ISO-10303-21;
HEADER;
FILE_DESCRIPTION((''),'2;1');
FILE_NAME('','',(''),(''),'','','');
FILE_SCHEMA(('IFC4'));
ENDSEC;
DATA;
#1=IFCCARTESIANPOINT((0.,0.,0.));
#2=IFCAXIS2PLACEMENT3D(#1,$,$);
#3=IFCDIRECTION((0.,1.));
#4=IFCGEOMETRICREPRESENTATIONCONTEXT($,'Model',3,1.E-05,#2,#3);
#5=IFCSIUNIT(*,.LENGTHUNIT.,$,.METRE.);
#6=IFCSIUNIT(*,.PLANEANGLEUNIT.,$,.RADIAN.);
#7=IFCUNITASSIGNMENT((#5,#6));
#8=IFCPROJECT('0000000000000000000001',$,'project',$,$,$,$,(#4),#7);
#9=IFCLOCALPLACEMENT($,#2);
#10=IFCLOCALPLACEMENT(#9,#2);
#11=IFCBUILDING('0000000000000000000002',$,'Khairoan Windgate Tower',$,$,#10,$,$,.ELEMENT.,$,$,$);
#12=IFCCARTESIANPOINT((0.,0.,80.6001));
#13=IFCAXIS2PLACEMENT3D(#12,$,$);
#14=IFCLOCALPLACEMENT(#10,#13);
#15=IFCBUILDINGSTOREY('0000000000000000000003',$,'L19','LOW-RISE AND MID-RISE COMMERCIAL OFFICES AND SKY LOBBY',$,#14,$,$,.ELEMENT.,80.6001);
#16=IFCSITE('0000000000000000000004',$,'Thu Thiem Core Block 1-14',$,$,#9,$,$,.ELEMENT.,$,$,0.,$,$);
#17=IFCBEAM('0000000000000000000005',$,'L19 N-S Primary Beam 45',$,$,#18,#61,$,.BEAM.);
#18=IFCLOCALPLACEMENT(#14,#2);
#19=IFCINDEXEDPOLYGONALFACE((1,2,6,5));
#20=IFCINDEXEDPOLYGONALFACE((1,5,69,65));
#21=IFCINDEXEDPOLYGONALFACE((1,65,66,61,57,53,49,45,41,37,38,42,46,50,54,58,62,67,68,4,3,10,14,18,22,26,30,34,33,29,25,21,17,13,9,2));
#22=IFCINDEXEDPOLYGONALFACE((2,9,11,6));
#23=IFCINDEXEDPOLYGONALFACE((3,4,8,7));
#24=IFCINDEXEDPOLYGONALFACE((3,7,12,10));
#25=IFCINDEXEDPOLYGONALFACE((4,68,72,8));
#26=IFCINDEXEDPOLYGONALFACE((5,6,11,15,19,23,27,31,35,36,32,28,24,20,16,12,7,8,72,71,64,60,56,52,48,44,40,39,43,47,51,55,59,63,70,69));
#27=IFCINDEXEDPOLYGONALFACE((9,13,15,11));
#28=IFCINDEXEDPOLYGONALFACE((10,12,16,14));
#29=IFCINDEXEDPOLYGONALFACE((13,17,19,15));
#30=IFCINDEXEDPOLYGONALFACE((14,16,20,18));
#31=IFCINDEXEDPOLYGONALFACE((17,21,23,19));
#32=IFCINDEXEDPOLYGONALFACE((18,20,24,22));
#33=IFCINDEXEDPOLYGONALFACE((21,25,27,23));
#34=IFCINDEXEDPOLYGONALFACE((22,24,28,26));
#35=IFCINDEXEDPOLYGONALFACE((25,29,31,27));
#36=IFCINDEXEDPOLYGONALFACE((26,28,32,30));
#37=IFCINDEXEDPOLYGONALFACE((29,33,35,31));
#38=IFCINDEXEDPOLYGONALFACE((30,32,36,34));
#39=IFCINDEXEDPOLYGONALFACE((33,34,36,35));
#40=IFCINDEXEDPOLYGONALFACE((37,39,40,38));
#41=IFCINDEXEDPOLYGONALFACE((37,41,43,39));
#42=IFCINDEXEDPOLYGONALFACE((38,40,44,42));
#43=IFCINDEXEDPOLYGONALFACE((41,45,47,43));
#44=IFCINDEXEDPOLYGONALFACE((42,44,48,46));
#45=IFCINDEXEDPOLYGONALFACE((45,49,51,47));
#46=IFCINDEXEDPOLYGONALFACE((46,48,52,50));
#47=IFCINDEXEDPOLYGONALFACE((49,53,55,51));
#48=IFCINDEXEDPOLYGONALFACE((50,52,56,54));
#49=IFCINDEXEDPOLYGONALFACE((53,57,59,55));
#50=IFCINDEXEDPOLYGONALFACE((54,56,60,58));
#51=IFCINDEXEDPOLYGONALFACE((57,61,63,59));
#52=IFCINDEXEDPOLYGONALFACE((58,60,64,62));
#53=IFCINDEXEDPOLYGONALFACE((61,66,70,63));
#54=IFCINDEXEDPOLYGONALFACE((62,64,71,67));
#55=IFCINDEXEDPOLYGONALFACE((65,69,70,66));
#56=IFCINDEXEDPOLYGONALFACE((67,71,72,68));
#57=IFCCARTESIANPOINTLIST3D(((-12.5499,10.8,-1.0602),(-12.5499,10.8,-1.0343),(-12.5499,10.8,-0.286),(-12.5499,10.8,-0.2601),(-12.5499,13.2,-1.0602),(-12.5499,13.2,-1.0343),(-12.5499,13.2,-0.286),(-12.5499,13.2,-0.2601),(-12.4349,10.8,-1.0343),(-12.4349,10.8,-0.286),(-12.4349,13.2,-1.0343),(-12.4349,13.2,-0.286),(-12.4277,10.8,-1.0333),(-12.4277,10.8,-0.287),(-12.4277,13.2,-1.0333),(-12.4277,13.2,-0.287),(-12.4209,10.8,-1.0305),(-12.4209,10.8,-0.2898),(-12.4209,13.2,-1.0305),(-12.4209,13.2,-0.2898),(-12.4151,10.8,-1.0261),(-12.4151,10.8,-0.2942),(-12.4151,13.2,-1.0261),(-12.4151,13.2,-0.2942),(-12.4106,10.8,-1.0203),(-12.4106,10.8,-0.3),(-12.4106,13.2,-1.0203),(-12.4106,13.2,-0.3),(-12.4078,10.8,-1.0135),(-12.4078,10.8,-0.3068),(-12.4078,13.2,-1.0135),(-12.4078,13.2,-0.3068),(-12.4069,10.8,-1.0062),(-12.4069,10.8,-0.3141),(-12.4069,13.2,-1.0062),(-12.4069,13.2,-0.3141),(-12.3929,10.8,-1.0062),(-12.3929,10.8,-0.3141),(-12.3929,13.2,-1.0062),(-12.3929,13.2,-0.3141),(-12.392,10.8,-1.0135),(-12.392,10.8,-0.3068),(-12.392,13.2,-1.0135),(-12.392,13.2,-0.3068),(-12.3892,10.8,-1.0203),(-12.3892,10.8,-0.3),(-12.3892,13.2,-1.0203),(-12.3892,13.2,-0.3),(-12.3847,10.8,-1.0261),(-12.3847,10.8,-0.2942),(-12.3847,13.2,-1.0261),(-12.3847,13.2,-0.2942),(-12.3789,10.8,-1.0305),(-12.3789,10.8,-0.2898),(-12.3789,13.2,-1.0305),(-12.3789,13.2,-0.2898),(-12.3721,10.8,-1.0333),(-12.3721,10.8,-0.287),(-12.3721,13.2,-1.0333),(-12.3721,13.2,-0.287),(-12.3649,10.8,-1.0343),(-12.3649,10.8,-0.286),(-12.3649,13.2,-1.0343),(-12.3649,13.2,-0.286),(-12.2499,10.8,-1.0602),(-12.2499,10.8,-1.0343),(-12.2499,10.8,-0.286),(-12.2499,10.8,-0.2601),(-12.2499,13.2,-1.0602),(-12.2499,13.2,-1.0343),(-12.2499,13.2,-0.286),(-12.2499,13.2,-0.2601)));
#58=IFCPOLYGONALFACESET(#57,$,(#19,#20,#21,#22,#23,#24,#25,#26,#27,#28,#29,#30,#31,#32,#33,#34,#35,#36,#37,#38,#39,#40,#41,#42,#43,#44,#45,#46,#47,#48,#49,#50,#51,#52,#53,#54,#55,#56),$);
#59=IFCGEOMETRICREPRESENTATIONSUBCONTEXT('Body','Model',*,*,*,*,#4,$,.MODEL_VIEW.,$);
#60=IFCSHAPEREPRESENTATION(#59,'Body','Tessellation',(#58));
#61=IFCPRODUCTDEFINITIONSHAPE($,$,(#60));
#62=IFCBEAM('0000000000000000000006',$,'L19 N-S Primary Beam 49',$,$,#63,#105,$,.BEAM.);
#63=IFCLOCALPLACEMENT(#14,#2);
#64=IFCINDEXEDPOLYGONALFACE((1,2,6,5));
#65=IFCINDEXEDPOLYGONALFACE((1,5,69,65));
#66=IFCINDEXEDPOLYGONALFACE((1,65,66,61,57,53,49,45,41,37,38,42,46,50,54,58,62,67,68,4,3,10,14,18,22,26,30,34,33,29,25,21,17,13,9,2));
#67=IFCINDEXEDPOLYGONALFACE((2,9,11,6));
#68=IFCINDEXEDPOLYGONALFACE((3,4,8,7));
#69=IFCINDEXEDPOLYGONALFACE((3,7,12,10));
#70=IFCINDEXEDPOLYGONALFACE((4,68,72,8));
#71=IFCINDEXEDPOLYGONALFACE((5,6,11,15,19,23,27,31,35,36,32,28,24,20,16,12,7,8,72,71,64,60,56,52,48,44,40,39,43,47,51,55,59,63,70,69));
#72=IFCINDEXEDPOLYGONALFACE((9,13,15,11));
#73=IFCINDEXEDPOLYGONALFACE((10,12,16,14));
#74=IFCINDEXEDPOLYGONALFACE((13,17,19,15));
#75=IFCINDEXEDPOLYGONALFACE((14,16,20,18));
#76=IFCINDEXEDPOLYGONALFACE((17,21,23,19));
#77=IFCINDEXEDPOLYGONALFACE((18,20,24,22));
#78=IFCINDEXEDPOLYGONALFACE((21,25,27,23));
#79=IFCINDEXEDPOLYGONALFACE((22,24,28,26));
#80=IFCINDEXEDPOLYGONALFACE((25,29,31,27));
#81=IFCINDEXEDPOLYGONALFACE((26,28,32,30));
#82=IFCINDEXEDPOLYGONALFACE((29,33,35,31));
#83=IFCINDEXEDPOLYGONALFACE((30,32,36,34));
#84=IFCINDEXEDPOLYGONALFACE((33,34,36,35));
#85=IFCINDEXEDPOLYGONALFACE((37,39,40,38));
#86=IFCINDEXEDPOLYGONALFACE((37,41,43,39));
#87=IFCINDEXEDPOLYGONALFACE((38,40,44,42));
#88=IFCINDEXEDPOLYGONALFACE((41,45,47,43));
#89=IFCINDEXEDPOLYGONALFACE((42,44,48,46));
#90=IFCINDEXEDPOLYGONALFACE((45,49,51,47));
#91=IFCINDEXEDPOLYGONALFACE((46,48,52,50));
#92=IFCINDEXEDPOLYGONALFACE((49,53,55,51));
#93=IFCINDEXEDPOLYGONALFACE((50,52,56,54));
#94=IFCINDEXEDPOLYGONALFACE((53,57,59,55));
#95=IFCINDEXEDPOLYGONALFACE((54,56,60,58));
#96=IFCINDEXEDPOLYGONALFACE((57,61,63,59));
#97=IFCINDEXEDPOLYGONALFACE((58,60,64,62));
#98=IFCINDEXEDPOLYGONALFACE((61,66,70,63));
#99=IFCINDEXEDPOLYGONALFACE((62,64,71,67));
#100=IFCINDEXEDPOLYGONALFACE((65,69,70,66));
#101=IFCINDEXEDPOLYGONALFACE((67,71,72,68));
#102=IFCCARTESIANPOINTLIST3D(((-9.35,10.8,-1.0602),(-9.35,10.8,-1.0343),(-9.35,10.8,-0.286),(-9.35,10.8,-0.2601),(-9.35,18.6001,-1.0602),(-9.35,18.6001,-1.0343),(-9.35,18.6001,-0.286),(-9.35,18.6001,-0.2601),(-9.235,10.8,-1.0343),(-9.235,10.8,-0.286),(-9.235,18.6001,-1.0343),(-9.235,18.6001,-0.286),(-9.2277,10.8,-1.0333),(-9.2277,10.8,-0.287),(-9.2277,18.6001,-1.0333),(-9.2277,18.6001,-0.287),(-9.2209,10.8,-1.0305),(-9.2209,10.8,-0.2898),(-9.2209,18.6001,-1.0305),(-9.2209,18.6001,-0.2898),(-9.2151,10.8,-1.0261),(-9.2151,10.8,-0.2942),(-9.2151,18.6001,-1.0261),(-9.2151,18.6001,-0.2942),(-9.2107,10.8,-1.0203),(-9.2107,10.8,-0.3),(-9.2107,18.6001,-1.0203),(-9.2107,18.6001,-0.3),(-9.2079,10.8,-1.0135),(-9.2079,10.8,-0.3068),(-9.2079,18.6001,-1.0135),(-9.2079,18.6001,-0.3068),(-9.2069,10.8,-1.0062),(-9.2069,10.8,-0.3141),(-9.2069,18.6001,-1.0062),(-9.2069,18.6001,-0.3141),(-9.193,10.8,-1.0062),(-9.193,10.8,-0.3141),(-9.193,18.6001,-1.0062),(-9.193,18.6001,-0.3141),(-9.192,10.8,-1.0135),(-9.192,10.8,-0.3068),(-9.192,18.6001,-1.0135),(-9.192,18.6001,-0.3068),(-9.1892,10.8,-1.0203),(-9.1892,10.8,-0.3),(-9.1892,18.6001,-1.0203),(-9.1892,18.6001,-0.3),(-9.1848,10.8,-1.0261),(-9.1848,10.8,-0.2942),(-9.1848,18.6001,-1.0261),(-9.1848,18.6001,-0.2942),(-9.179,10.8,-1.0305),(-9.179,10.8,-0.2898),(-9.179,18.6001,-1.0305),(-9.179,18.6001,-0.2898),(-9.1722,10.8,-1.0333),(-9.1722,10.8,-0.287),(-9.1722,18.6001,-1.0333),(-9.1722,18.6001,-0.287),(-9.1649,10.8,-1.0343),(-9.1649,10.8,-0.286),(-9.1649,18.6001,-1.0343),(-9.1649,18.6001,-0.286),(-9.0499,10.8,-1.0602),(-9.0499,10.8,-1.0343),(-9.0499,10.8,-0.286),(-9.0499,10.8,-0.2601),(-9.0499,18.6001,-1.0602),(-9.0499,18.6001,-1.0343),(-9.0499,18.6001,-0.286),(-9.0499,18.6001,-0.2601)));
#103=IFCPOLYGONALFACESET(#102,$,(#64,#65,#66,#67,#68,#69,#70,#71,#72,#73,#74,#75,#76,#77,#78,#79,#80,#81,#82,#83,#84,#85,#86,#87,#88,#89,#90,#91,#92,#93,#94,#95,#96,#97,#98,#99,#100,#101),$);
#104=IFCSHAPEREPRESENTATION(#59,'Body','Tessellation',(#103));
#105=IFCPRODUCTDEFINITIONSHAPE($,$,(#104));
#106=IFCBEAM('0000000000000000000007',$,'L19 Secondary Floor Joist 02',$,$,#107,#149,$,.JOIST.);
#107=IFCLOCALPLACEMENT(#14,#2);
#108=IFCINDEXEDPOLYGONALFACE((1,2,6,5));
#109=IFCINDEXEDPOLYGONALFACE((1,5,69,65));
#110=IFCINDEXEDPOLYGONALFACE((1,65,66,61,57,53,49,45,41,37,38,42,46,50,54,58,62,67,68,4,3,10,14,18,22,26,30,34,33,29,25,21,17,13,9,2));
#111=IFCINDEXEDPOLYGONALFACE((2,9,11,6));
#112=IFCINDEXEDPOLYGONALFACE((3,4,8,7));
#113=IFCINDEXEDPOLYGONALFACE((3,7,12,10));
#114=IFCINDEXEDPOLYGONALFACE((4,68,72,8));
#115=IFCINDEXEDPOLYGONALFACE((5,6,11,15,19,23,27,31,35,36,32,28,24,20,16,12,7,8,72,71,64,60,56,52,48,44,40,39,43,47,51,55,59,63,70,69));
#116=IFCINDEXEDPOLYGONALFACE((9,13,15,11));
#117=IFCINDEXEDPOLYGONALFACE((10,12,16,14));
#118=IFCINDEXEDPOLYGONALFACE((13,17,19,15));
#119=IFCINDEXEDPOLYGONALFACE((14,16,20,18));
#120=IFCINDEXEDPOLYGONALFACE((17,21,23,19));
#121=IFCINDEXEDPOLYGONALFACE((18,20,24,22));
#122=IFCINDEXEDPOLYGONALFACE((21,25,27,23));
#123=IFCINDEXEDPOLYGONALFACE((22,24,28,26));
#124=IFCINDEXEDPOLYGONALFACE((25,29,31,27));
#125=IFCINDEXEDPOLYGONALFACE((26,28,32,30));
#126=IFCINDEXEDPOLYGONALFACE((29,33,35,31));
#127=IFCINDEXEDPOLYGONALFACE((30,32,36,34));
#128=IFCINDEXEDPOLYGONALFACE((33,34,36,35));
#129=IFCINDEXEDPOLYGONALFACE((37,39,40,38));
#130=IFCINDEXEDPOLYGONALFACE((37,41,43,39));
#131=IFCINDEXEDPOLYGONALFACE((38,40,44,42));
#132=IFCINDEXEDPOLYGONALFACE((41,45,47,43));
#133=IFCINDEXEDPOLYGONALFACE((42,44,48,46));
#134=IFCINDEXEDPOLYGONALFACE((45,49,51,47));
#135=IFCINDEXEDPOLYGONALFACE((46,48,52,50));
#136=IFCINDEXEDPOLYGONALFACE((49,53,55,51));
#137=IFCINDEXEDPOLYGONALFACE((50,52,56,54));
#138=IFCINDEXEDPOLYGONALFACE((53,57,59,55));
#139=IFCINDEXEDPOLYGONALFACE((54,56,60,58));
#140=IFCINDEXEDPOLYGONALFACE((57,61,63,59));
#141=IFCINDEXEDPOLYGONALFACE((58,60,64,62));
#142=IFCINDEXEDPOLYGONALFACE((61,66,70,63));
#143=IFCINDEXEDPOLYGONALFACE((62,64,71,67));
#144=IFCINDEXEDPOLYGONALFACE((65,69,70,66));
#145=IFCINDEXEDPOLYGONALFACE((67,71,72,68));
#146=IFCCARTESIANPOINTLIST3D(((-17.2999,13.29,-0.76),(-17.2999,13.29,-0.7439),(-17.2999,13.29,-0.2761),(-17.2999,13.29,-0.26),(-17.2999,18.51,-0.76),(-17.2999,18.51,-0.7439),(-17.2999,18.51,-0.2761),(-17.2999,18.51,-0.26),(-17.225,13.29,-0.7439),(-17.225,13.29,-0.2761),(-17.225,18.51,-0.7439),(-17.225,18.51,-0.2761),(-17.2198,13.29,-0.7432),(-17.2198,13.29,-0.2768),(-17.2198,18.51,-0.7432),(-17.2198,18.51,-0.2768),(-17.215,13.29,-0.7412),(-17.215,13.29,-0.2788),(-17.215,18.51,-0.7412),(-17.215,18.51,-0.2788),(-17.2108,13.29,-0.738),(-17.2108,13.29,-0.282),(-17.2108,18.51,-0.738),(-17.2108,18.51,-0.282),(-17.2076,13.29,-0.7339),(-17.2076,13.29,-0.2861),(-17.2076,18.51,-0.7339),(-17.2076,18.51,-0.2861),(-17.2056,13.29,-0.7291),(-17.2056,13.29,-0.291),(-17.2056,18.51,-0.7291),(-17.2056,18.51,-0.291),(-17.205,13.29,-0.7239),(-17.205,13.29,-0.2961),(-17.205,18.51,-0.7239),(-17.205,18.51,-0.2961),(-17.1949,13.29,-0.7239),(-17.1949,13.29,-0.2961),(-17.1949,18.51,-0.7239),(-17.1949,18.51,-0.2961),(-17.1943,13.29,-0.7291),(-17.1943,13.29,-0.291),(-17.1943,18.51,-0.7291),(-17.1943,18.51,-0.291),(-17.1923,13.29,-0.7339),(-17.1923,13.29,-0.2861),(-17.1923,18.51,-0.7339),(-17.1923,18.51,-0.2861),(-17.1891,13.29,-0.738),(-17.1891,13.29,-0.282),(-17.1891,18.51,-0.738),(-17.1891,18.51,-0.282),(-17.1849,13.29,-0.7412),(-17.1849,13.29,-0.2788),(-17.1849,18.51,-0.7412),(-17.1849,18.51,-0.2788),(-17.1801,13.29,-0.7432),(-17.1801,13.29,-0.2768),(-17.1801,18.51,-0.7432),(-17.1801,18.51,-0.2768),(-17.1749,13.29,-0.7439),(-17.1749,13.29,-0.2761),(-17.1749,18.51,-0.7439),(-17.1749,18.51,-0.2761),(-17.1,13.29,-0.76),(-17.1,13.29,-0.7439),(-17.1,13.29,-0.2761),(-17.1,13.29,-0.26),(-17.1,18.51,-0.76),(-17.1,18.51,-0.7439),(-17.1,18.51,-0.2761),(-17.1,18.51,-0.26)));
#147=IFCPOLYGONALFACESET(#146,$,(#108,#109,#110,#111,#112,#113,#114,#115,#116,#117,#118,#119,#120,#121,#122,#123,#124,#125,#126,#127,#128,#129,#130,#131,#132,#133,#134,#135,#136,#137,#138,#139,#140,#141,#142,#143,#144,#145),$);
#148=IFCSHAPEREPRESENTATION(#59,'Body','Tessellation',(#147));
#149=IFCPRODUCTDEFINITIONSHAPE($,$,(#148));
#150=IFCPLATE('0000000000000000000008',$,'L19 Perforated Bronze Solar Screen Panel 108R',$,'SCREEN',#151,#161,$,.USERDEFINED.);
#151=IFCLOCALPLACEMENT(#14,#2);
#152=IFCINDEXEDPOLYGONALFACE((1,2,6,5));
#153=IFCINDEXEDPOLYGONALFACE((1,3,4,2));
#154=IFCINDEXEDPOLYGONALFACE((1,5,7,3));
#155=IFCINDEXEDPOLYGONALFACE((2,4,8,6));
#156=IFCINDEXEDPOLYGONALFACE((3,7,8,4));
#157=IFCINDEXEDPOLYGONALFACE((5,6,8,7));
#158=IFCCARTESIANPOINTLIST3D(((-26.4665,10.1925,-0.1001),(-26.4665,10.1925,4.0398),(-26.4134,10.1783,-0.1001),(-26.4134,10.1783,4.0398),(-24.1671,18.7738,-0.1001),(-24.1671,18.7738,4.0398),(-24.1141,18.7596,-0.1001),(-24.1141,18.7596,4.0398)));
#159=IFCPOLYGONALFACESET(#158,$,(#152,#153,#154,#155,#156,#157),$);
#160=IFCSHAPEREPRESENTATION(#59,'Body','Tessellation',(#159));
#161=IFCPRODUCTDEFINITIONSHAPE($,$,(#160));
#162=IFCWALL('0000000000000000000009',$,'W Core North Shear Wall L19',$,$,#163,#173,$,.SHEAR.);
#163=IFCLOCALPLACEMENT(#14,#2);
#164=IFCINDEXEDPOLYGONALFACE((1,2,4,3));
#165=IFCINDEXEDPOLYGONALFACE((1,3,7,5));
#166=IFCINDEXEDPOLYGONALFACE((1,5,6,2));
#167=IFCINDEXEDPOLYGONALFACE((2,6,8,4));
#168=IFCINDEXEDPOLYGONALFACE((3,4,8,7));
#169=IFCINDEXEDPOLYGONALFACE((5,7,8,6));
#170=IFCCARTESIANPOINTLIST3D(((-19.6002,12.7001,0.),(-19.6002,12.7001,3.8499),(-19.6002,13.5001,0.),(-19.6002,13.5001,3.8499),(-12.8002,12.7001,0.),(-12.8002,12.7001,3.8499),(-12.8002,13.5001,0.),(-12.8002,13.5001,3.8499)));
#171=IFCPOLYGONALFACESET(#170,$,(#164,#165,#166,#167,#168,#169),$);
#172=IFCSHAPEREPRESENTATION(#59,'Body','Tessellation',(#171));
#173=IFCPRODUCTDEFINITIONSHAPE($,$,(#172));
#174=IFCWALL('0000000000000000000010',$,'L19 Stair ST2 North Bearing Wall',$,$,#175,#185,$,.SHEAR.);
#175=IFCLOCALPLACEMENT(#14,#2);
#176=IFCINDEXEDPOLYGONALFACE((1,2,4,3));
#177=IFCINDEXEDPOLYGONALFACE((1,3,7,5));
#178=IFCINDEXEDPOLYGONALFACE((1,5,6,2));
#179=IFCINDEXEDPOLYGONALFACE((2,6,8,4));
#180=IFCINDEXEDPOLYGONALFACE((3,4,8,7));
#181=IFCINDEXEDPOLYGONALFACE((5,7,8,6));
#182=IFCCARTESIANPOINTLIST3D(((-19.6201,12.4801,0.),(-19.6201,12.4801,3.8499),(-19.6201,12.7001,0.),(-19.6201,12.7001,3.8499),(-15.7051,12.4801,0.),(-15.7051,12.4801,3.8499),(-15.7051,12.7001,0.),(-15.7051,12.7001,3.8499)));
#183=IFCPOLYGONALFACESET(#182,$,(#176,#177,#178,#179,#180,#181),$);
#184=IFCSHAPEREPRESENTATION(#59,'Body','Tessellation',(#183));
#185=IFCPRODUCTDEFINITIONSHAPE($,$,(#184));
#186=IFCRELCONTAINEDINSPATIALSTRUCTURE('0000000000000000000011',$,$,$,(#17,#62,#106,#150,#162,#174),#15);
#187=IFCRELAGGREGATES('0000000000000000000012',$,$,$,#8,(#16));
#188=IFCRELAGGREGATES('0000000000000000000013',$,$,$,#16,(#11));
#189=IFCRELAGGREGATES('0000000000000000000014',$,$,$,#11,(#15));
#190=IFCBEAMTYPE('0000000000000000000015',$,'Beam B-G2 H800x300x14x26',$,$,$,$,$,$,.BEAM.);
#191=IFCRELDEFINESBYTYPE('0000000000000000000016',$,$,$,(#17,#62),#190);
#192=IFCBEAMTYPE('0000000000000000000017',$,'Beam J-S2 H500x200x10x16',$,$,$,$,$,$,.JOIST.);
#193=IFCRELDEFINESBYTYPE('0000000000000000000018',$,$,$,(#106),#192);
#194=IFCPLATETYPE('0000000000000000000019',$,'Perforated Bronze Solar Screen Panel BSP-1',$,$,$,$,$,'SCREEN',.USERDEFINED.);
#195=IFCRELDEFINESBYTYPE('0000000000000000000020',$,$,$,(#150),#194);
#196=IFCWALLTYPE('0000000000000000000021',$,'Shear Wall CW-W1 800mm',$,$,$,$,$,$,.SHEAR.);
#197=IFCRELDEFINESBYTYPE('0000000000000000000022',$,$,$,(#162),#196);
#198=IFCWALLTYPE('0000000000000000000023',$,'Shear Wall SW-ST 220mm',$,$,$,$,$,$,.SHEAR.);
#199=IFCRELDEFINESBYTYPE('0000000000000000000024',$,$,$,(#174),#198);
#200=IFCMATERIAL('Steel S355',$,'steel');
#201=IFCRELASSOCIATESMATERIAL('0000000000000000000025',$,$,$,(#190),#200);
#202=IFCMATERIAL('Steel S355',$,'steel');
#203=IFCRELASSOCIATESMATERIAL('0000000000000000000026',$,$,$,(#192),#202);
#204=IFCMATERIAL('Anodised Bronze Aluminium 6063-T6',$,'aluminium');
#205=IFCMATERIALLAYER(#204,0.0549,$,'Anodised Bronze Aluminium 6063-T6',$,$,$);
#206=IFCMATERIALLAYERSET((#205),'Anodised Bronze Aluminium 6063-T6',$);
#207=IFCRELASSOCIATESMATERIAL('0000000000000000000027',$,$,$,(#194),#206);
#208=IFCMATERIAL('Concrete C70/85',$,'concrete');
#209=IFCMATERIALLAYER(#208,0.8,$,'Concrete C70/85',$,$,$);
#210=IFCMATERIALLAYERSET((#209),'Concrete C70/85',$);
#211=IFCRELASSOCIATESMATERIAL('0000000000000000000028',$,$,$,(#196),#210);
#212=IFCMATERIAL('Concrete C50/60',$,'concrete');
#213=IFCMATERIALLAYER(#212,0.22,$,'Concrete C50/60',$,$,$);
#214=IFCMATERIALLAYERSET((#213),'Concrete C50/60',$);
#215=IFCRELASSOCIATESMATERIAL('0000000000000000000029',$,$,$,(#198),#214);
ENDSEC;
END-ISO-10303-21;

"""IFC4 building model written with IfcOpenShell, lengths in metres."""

from ifc_helpers import new_model, si_unit, direction, frame, frame_2d, origin, origin_2d, place, context, subcontext, project, spatial, rectangle, i_section, extrude, material, layer, layer_set, material_profile, profile_set, type_object, element, save


model = new_model("IFC4")

# Units and contexts
model_context = context("Model", 3, precision=1e-05, world=origin(), true_north=direction((0.0, 1.0)))
body_context = subcontext(model_context, "Body", "Model", "MODEL_VIEW")
ifc_project = project(units=[si_unit("LENGTHUNIT", "METRE"), si_unit("PLANEANGLEUNIT", "RADIAN")], contexts=[model_context])

# Site, building, storey
site_placement = place(None, origin())
site = spatial("IfcSite", under=ifc_project, at=site_placement, Name="Thu Thiem Core Block 1-14", CompositionType="ELEMENT", RefElevation=0.0)
building_placement = place(site_placement, origin())
building = spatial("IfcBuilding", under=site, at=building_placement, Name="Khairoan Windgate Tower", CompositionType="ELEMENT")
storey_placement = place(building_placement, frame((0.0, 0.0, 80.6001)))
storey = spatial("IfcBuildingStorey", under=building, at=storey_placement, Name="L19", Description="LOW-RISE AND MID-RISE COMMERCIAL OFFICES AND SKY LOBBY", CompositionType="ELEMENT", Elevation=80.6001)

# Beams
ifc_material_1 = material(Name="Steel S355", Category="steel")
ifc_material_profile_1 = material_profile(ifc_material_1, i_section(OverallWidth=0.3, OverallDepth=0.8, WebThickness=0.0139, FlangeThickness=0.0259, FilletRadius=0.0281, at=origin_2d()))
ifc_profile_set_1 = profile_set([ifc_material_profile_1], Name="Steel S355")
beam_type_1 = type_object("IfcBeamType", Name="Beam B-G2 H800x300x14x26", PredefinedType="BEAM", material=ifc_profile_set_1)
beam_1_placement = place(storey_placement, frame((-12.3999, 10.8, -0.6602), z_axis=(0.0, 1.0, 0.0), x_axis=(-1.0, 0.0, 0.0)))
element("IfcBeam", 1, at=beam_1_placement, inside=storey, type_object=beam_type_1, Name="L19 N-S Primary Beam 45", PredefinedType="BEAM", context=body_context, shape_type="SweptSolid", body=[
    extrude(i_section(OverallWidth=0.3, OverallDepth=0.8, WebThickness=0.0139, FlangeThickness=0.0259, FilletRadius=0.0281, at=origin_2d()), origin(), (0.0, 0.0, 1.0), 2.3999),
])
beam_2_placement = place(storey_placement, frame((-9.2, 10.8, -0.6602), z_axis=(0.0, 1.0, 0.0), x_axis=(-1.0, 0.0, 0.0)))
element("IfcBeam", 2, at=beam_2_placement, inside=storey, type_object=beam_type_1, Name="L19 N-S Primary Beam 49", PredefinedType="BEAM", context=body_context, shape_type="SweptSolid", body=[
    extrude(i_section(OverallWidth=0.3, OverallDepth=0.8, WebThickness=0.0139, FlangeThickness=0.0259, FilletRadius=0.0281, at=origin_2d()), origin(), (0.0, 0.0, 1.0), 7.8),
])
ifc_material_2 = material(Name="Steel S355", Category="steel")
ifc_material_profile_2 = material_profile(ifc_material_2, i_section(OverallWidth=0.2, OverallDepth=0.5, WebThickness=0.01, FlangeThickness=0.0161, FilletRadius=0.02, at=origin_2d()))
ifc_profile_set_2 = profile_set([ifc_material_profile_2], Name="Steel S355")
beam_type_2 = type_object("IfcBeamType", Name="Beam J-S2 H500x200x10x16", PredefinedType="JOIST", material=ifc_profile_set_2)
beam_3_placement = place(storey_placement, frame((-17.2, 13.29, -0.51), z_axis=(0.0, 1.0, 0.0), x_axis=(-1.0, 0.0, 0.0)))
element("IfcBeam", 3, at=beam_3_placement, inside=storey, type_object=beam_type_2, Name="L19 Secondary Floor Joist 02", PredefinedType="JOIST", context=body_context, shape_type="SweptSolid", body=[
    extrude(i_section(OverallWidth=0.2, OverallDepth=0.5, WebThickness=0.01, FlangeThickness=0.0161, FilletRadius=0.02, at=origin_2d()), origin(), (0.0, 0.0, 1.0), 5.22),
])

# Plate
ifc_material_3 = material(Name="Anodised Bronze Aluminium 6063-T6", Category="aluminium")
ifc_layer_1 = layer(ifc_material_3, 0.0549, Name="Anodised Bronze Aluminium 6063-T6")
ifc_layer_set_1 = layer_set([ifc_layer_1], Name="Anodised Bronze Aluminium 6063-T6")
plate_type = type_object("IfcPlateType", Name="Perforated Bronze Solar Screen Panel BSP-1", ElementType="SCREEN", PredefinedType="USERDEFINED", material=ifc_layer_set_1)
plate_placement = place(storey_placement, frame((-25.2903, 14.4761, -0.1001), z_axis=(0.0, 0.0, 1.0), x_axis=(0.258819, 0.965926, 0.0)))
element("IfcPlate", 4, at=plate_placement, inside=storey, type_object=plate_type, Name="L19 Perforated Bronze Solar Screen Panel 108R", ObjectType="SCREEN", PredefinedType="USERDEFINED", context=body_context, shape_type="SweptSolid", body=[
    extrude(rectangle(XDim=8.884, YDim=0.0549, at=origin_2d()), origin(), (0.0, 0.0, 1.0), 4.1399),
])

# Walls
ifc_material_4 = material(Name="Concrete C70/85", Category="concrete")
ifc_layer_2 = layer(ifc_material_4, 0.8, Name="Concrete C70/85")
ifc_layer_set_2 = layer_set([ifc_layer_2], Name="Concrete C70/85")
wall_type_1 = type_object("IfcWallType", Name="Shear Wall CW-W1 800mm", PredefinedType="SHEAR", material=ifc_layer_set_2)
wall_1_placement = place(storey_placement, frame((-19.6001, 13.1001, 0.0), z_axis=(0.0, 0.0, 1.0), x_axis=(1.0, 0.0, 0.0)))
element("IfcWall", 5, at=wall_1_placement, inside=storey, type_object=wall_type_1, Name="W Core North Shear Wall L19", PredefinedType="SHEAR", context=body_context, shape_type="SweptSolid", body=[
    extrude(rectangle(XDim=6.8, YDim=0.8, at=frame_2d((3.3999, 0.0))), origin(), (0.0, 0.0, 1.0), 3.8499),
])
ifc_material_5 = material(Name="Concrete C50/60", Category="concrete")
ifc_layer_3 = layer(ifc_material_5, 0.22, Name="Concrete C50/60")
ifc_layer_set_3 = layer_set([ifc_layer_3], Name="Concrete C50/60")
wall_type_2 = type_object("IfcWallType", Name="Shear Wall SW-ST 220mm", PredefinedType="SHEAR", material=ifc_layer_set_3)
wall_2_placement = place(storey_placement, frame((-19.6201, 12.5901, 0.0), z_axis=(0.0, 0.0, 1.0), x_axis=(1.0, 0.0, 0.0)))
element("IfcWall", 6, at=wall_2_placement, inside=storey, type_object=wall_type_2, Name="L19 Stair ST2 North Bearing Wall", PredefinedType="SHEAR", context=body_context, shape_type="SweptSolid", body=[
    extrude(rectangle(XDim=3.915, YDim=0.22, at=frame_2d((1.9575, 0.0))), origin(), (0.0, 0.0, 1.0), 3.8499),
])

save(model, "model.ifc")
